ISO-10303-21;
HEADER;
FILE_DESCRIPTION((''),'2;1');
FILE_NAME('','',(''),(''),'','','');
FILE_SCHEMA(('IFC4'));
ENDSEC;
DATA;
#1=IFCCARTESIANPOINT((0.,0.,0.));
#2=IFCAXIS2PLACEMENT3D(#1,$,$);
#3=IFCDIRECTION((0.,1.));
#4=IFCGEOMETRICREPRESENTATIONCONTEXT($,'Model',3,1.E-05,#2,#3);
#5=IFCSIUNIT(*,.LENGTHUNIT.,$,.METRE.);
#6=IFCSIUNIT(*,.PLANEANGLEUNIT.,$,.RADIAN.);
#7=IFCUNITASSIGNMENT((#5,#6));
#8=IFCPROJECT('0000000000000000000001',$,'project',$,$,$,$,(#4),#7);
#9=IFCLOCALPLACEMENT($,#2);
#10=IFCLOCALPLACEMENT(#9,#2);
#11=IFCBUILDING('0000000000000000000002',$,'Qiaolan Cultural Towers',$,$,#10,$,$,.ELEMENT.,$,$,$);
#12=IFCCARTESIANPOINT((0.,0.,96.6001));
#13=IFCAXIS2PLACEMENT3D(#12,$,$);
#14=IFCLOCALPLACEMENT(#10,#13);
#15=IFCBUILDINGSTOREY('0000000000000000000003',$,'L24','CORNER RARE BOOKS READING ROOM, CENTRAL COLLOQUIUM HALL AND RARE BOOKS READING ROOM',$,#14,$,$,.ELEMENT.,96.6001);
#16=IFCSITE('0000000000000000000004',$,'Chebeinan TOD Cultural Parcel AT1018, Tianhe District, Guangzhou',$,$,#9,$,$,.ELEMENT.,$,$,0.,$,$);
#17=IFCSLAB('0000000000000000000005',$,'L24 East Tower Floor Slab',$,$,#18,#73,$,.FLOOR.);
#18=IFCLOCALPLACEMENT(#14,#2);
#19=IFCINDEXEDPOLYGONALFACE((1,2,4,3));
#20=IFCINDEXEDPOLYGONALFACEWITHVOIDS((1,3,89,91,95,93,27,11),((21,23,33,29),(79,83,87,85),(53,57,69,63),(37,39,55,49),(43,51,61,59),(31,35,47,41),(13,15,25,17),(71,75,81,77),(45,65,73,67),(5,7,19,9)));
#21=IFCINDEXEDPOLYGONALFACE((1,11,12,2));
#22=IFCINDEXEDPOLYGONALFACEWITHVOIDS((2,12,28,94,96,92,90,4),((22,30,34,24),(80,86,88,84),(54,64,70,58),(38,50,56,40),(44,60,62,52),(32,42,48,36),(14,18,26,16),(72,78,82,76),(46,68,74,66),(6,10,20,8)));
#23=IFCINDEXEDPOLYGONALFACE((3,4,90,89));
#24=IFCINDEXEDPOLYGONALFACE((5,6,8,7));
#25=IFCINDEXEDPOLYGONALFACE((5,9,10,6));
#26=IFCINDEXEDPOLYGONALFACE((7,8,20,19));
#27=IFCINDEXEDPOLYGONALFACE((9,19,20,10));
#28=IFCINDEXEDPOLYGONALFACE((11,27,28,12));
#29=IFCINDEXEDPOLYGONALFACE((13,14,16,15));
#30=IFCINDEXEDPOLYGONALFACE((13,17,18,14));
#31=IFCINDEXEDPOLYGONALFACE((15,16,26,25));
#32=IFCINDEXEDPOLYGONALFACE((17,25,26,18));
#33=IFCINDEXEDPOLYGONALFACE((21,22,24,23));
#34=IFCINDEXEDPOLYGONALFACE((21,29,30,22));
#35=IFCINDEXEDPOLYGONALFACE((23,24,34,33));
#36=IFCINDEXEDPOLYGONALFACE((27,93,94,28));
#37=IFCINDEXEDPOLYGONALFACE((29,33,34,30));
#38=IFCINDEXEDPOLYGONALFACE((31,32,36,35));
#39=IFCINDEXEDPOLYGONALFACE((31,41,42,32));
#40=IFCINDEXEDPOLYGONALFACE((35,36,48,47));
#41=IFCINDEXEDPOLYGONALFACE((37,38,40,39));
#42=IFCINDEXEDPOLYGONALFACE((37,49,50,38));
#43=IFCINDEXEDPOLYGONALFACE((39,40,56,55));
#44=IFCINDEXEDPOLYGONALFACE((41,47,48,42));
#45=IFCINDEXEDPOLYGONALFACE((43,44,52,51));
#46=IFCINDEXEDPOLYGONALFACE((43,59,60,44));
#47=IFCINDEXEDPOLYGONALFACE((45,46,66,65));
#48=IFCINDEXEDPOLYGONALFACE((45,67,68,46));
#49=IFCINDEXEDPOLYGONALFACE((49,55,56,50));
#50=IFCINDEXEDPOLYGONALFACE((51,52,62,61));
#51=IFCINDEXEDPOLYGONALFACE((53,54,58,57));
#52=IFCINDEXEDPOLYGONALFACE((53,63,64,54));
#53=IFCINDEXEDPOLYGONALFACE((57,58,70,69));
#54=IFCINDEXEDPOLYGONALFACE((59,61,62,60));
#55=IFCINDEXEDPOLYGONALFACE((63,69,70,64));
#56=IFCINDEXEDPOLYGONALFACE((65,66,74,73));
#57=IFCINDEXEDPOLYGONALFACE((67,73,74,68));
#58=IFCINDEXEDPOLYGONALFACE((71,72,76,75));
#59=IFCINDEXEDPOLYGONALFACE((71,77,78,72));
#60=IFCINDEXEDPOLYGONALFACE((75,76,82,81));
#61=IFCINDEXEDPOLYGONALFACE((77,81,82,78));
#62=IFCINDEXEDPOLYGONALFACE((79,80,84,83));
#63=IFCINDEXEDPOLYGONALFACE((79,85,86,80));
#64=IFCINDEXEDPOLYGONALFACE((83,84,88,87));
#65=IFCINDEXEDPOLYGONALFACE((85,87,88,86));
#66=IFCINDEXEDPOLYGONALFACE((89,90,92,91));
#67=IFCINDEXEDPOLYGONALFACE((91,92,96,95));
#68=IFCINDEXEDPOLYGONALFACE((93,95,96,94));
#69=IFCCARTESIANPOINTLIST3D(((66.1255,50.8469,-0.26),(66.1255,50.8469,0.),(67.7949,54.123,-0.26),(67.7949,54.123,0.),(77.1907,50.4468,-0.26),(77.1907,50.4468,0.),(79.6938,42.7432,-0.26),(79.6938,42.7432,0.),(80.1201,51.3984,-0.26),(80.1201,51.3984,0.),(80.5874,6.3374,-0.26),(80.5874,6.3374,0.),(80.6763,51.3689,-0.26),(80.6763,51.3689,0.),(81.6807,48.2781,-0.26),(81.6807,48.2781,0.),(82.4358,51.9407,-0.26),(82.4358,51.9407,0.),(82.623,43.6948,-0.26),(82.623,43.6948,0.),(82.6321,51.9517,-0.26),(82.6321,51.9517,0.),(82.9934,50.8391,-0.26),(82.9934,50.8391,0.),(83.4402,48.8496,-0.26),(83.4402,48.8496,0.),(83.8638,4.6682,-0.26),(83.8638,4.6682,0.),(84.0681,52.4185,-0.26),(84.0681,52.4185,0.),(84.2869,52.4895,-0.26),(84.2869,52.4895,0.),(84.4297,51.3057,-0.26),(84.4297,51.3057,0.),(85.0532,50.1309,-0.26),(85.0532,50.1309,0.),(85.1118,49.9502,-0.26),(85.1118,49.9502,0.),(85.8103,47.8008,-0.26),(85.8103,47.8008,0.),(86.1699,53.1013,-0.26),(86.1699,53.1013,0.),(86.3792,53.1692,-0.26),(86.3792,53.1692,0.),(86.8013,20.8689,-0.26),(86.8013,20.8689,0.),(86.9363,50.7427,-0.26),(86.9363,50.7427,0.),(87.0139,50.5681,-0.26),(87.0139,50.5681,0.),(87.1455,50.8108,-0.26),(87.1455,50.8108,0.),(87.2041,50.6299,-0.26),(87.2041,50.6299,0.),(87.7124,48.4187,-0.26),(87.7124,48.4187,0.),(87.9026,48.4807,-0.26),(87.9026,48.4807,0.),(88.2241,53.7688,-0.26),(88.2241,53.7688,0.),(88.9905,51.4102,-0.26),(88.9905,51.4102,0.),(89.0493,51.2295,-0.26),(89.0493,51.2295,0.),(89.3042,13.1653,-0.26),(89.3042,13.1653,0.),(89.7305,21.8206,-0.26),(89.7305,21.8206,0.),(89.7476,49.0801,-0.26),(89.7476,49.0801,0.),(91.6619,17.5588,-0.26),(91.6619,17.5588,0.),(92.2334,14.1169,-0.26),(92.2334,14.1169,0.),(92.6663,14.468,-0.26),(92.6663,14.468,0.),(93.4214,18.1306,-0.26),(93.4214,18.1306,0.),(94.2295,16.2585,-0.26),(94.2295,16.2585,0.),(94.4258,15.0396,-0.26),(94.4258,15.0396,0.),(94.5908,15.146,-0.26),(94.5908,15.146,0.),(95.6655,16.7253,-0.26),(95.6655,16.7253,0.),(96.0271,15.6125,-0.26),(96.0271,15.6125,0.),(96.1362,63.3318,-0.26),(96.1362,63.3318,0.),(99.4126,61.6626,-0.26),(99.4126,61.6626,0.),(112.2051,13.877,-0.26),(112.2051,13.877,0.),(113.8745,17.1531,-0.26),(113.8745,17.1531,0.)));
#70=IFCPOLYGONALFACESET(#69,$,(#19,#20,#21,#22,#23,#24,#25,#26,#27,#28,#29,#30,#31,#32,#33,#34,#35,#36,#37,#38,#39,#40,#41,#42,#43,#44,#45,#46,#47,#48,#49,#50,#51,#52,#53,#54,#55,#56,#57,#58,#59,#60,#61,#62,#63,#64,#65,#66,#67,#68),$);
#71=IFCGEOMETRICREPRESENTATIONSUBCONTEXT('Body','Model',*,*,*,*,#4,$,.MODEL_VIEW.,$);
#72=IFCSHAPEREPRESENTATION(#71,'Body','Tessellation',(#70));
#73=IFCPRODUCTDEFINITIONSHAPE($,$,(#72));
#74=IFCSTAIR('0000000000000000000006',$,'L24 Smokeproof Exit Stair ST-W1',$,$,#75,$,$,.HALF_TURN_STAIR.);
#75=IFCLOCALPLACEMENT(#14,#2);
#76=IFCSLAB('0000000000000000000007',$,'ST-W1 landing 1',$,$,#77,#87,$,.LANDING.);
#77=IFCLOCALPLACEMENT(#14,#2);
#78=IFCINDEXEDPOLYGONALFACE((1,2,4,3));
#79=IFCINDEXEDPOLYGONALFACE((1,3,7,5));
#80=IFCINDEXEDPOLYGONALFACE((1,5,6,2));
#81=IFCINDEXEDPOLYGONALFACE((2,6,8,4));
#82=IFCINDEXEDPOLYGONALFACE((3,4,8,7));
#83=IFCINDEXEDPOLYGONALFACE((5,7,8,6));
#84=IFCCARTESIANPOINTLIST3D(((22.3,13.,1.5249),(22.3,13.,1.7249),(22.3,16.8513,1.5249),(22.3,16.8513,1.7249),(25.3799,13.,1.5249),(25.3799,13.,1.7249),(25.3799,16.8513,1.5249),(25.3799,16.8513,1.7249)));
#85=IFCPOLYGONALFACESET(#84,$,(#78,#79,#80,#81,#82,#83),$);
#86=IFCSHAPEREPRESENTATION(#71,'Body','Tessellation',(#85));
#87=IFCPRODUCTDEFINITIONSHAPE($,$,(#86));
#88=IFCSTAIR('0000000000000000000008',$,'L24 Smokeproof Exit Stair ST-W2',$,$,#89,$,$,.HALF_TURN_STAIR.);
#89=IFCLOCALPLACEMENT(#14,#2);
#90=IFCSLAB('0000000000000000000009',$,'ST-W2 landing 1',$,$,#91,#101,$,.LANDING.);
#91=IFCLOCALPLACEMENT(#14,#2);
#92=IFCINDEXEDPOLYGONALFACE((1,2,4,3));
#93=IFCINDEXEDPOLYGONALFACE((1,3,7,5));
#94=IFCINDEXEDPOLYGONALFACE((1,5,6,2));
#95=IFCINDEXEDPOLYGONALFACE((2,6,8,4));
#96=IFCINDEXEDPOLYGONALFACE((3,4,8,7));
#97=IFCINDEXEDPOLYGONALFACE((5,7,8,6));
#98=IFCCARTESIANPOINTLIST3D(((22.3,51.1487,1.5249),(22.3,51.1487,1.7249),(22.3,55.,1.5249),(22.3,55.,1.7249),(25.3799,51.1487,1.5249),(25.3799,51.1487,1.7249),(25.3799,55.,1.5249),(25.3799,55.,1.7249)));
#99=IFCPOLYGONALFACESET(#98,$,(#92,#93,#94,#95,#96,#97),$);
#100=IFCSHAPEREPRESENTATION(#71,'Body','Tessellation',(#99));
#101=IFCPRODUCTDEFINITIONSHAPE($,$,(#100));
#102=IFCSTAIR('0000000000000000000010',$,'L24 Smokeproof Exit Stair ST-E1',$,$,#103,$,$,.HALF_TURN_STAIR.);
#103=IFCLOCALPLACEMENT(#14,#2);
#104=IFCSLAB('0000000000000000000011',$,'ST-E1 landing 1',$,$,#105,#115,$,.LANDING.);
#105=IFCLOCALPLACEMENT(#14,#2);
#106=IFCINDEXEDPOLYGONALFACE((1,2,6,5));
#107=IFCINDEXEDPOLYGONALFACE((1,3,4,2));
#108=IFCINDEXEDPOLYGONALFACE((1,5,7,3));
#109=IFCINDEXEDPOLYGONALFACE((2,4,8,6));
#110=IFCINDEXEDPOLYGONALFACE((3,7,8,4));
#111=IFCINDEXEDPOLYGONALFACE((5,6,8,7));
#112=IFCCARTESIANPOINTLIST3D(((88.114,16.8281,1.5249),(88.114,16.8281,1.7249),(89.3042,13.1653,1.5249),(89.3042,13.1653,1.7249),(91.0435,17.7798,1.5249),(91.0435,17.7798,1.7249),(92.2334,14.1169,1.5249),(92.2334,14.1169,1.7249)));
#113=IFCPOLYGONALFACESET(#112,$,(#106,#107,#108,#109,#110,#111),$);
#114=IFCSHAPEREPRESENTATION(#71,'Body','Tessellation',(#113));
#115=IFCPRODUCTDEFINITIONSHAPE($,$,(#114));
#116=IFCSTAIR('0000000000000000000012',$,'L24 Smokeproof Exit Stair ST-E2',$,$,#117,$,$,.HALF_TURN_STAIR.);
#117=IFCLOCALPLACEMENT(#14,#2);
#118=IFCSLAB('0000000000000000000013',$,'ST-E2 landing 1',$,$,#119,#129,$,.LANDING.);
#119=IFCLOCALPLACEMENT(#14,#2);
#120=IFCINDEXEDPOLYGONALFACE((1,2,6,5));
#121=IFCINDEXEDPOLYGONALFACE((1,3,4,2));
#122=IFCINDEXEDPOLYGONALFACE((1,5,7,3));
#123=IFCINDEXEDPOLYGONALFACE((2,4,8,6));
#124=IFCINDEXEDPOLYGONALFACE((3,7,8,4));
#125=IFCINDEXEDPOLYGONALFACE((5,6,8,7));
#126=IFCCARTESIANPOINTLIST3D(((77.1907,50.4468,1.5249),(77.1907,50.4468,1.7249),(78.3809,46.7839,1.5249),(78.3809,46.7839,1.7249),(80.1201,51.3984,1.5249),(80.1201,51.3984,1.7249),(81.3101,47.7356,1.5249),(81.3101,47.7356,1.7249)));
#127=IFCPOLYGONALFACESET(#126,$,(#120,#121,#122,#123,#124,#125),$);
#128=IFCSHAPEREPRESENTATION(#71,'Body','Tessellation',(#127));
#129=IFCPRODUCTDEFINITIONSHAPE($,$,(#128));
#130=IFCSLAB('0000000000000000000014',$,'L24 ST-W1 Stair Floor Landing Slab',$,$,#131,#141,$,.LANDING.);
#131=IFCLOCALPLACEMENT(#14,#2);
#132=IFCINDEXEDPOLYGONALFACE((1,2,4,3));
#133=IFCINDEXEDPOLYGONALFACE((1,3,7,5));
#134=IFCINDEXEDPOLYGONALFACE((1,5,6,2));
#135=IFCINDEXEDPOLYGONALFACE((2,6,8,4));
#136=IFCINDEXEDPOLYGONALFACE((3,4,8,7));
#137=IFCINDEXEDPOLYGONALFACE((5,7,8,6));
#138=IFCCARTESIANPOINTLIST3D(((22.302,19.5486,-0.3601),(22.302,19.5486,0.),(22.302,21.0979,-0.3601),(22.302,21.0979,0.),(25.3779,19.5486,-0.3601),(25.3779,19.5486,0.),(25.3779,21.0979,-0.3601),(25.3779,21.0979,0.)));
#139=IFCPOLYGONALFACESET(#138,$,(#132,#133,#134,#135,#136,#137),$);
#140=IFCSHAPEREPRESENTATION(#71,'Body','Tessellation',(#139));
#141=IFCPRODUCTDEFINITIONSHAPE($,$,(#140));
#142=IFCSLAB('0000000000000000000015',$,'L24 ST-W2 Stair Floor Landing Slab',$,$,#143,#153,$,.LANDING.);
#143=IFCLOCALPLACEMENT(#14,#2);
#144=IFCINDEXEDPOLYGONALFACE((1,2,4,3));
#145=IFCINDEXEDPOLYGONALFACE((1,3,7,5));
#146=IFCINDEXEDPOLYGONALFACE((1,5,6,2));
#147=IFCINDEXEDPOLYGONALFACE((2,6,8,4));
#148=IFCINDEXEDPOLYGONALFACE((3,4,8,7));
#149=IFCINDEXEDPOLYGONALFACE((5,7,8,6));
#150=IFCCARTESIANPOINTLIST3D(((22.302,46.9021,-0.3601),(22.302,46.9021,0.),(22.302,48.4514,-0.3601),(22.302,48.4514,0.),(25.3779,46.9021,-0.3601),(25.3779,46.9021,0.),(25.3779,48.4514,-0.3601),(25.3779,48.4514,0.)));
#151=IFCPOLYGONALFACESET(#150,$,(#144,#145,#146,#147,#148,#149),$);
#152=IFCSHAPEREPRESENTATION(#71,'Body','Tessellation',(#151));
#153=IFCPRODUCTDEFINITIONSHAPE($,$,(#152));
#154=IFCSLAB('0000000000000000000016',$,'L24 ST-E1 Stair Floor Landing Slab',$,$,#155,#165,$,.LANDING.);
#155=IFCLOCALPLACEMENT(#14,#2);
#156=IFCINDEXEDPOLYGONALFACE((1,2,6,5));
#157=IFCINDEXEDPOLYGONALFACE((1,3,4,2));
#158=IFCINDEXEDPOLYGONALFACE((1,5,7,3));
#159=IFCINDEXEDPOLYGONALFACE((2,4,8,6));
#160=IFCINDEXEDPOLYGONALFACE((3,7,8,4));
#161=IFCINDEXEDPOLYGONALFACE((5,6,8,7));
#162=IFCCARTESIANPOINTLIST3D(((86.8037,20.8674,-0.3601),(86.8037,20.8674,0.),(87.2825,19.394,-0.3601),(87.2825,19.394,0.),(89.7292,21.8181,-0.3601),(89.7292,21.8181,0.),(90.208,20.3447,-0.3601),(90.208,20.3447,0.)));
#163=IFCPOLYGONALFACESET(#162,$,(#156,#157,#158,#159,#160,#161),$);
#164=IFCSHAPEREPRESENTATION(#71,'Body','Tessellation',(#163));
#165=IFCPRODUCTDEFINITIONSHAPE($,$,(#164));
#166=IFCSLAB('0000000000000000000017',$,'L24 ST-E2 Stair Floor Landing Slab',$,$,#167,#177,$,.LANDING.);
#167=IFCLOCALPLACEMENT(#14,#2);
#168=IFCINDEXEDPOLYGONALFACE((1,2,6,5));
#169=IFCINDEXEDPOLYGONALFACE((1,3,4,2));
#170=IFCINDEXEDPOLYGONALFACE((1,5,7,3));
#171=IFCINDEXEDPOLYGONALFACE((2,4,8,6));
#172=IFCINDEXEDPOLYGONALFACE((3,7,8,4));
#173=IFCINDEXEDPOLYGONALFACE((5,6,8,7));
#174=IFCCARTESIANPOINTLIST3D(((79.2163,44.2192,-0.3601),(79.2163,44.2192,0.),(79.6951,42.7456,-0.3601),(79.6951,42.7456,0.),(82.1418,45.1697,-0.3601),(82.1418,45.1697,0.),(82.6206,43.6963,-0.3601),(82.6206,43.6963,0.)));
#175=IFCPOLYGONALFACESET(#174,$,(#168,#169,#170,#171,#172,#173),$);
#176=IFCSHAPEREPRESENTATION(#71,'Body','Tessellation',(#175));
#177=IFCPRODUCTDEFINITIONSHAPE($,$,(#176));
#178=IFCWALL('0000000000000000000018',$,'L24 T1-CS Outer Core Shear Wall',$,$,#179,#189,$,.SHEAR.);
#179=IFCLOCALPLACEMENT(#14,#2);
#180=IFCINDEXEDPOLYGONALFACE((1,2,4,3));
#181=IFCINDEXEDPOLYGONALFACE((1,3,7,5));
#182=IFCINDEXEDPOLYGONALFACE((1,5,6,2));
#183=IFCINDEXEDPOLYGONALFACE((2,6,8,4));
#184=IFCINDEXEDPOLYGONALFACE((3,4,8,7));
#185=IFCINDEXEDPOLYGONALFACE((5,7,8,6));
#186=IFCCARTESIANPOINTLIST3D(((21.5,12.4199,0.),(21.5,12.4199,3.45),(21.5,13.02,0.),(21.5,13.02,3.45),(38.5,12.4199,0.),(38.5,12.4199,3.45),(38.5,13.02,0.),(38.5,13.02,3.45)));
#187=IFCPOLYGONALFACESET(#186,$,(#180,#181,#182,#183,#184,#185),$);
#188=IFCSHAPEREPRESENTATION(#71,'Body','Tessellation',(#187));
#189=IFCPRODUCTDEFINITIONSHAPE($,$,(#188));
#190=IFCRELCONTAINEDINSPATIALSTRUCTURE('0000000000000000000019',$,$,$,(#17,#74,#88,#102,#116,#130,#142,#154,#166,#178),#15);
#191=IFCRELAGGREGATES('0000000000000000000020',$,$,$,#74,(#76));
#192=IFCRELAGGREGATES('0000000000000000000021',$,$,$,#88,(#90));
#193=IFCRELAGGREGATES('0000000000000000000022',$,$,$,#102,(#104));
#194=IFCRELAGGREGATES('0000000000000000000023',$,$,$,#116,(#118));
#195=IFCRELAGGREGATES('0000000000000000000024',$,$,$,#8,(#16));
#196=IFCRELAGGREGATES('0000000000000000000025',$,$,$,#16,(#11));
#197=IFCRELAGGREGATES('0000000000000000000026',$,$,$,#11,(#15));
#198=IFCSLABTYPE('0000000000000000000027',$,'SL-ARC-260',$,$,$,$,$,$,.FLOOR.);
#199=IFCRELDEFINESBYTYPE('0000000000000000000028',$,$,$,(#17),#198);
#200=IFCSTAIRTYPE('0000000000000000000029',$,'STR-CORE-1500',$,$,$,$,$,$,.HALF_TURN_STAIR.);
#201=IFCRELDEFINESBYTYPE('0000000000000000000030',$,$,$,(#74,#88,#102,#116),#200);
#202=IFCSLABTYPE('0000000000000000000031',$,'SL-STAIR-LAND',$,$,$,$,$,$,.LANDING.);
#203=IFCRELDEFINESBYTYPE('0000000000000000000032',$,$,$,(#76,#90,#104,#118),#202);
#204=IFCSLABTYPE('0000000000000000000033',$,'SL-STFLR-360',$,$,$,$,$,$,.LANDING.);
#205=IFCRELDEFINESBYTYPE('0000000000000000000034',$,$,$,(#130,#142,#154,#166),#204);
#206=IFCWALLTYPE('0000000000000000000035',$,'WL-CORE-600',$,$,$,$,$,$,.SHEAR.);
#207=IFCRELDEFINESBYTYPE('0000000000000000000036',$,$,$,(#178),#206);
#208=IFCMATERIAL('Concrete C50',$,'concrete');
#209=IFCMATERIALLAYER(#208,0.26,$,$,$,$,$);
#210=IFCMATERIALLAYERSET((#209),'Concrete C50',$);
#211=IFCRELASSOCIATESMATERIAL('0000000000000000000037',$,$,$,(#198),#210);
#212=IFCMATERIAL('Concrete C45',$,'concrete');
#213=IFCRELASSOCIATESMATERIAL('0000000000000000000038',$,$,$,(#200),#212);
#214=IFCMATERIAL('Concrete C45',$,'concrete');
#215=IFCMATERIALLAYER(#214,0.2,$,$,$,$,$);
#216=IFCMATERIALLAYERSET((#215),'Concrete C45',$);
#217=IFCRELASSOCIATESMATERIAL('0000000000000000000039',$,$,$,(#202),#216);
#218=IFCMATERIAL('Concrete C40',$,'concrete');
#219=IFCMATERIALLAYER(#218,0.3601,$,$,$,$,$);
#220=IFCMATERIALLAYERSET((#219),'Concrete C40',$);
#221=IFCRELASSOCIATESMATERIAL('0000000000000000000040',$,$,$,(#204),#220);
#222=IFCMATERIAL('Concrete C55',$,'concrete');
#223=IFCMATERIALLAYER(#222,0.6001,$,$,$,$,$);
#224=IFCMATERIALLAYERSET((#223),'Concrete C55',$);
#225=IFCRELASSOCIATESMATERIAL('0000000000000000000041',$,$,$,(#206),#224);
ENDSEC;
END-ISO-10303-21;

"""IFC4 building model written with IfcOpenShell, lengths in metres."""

from ifc_helpers import new_model, si_unit, direction, frame, frame_2d, origin, place, context, subcontext, project, spatial, polyline, rectangle, outline, extrude, material, layer, layer_set, type_object, element, aggregate, save


model = new_model("IFC4")

# Units and contexts
model_context = context("Model", 3, precision=1e-05, world=origin(), true_north=direction((0.0, 1.0)))
body_context = subcontext(model_context, "Body", "Model", "MODEL_VIEW")
ifc_project = project(units=[si_unit("LENGTHUNIT", "METRE"), si_unit("PLANEANGLEUNIT", "RADIAN")], contexts=[model_context])

# Site, building, storey
site_placement = place(None, origin())
site = spatial("IfcSite", under=ifc_project, at=site_placement, Name="Chebeinan TOD Cultural Parcel AT1018, Tianhe District, Guangzhou", CompositionType="ELEMENT", RefElevation=0.0)
building_placement = place(site_placement, origin())
building = spatial("IfcBuilding", under=site, at=building_placement, Name="Qiaolan Cultural Towers", CompositionType="ELEMENT")
storey_placement = place(building_placement, frame((0.0, 0.0, 96.6001)))
storey = spatial("IfcBuildingStorey", under=building, at=storey_placement, Name="L24", Description="CORNER RARE BOOKS READING ROOM, CENTRAL COLLOQUIUM HALL AND RARE BOOKS READING ROOM", CompositionType="ELEMENT", Elevation=96.6001)

# Slab
ifc_material_1 = material(Name="Concrete C50", Category="concrete")
ifc_layer_1 = layer(ifc_material_1, 0.26)
ifc_layer_set_1 = layer_set([ifc_layer_1], Name="Concrete C50")
slab_type_1 = type_object("IfcSlabType", Name="SL-ARC-260", PredefinedType="FLOOR", material=ifc_layer_set_1)
slab_1_placement = place(storey_placement, frame((0.0, 0.0, -0.26)))
element("IfcSlab", 1, at=slab_1_placement, inside=storey, type_object=slab_type_1, Name="L24 East Tower Floor Slab", PredefinedType="FLOOR", context=body_context, shape_type="SweptSolid", body=[
    extrude(outline(polyline([(83.8638, 4.6682), (112.2051, 13.877), (113.8745, 17.1531), (99.4126, 61.6626), (96.1362, 63.3318), (67.7949, 54.123), (66.1255, 50.8469), (80.5874, 6.3374), (83.8638, 4.6682)]), holes=[polyline([(86.8013, 20.8689), (89.3042, 13.1653), (92.2334, 14.1169), (89.7305, 21.8206), (86.8013, 20.8689)]), polyline([(82.623, 43.6948), (80.1201, 51.3984), (77.1907, 50.4468), (79.6938, 42.7432), (82.623, 43.6948)]), polyline([(92.6663, 14.468), (94.4258, 15.0396), (93.4214, 18.1306), (91.6619, 17.5588), (92.6663, 14.468)]), polyline([(94.5908, 15.146), (96.0271, 15.6125), (95.6655, 16.7253), (94.2295, 16.2585), (94.5908, 15.146)]), polyline([(81.6807, 48.2781), (83.4402, 48.8496), (82.4358, 51.9407), (80.6763, 51.3689), (81.6807, 48.2781)]), polyline([(82.9934, 50.8391), (84.4297, 51.3057), (84.0681, 52.4185), (82.6321, 51.9517), (82.9934, 50.8391)]), polyline([(85.8103, 47.8008), (87.7124, 48.4187), (87.0139, 50.5681), (85.1118, 49.9502), (85.8103, 47.8008)]), polyline([(87.9026, 48.4807), (89.7476, 49.0801), (89.0493, 51.2295), (87.2041, 50.6299), (87.9026, 48.4807)]), polyline([(85.0532, 50.1309), (86.9363, 50.7427), (86.1699, 53.1013), (84.2869, 52.4895), (85.0532, 50.1309)]), polyline([(87.1455, 50.8108), (88.9905, 51.4102), (88.2241, 53.7688), (86.3792, 53.1692), (87.1455, 50.8108)])]), origin(), (0.0, 0.0, 1.0), 0.26),
])

# Stairs, slabs
ifc_material_2 = material(Name="Concrete C45", Category="concrete")
stair_type = type_object("IfcStairType", Name="STR-CORE-1500", PredefinedType="HALF_TURN_STAIR", material=ifc_material_2)
stair_1_placement = place(storey_placement, origin())
stair_1 = element("IfcStair", 2, at=stair_1_placement, inside=storey, type_object=stair_type, Name="L24 Smokeproof Exit Stair ST-W1", PredefinedType="HALF_TURN_STAIR")
ifc_material_3 = material(Name="Concrete C45", Category="concrete")
ifc_layer_2 = layer(ifc_material_3, 0.2)
ifc_layer_set_2 = layer_set([ifc_layer_2], Name="Concrete C45")
slab_type_2 = type_object("IfcSlabType", Name="SL-STAIR-LAND", PredefinedType="LANDING", material=ifc_layer_set_2)
slab_2_placement = place(storey_placement, frame((0.0, 0.0, 1.5249)))
slab_2 = element("IfcSlab", 3, at=slab_2_placement, type_object=slab_type_2, Name="ST-W1 landing 1", PredefinedType="LANDING", context=body_context, shape_type="SweptSolid", body=[
    extrude(outline(polyline([(22.3, 16.8513), (22.3, 13.0), (25.3799, 13.0), (25.3799, 16.8513), (22.3, 16.8513)])), origin(), (0.0, 0.0, 1.0), 0.2),
])
aggregate(stair_1, [slab_2])
stair_2_placement = place(storey_placement, origin())
stair_2 = element("IfcStair", 4, at=stair_2_placement, inside=storey, type_object=stair_type, Name="L24 Smokeproof Exit Stair ST-W2", PredefinedType="HALF_TURN_STAIR")
slab_3_placement = place(storey_placement, frame((0.0, 0.0, 1.5249)))
slab_3 = element("IfcSlab", 5, at=slab_3_placement, type_object=slab_type_2, Name="ST-W2 landing 1", PredefinedType="LANDING", context=body_context, shape_type="SweptSolid", body=[
    extrude(outline(polyline([(25.3799, 51.1487), (25.3799, 55.0), (22.3, 55.0), (22.3, 51.1487), (25.3799, 51.1487)])), origin(), (0.0, 0.0, 1.0), 0.2),
])
aggregate(stair_2, [slab_3])
stair_3_placement = place(storey_placement, origin())
stair_3 = element("IfcStair", 6, at=stair_3_placement, inside=storey, type_object=stair_type, Name="L24 Smokeproof Exit Stair ST-E1", PredefinedType="HALF_TURN_STAIR")
slab_4_placement = place(storey_placement, frame((0.0, 0.0, 1.5249)))
slab_4 = element("IfcSlab", 7, at=slab_4_placement, type_object=slab_type_2, Name="ST-E1 landing 1", PredefinedType="LANDING", context=body_context, shape_type="SweptSolid", body=[
    extrude(outline(polyline([(88.114, 16.8281), (89.3042, 13.1653), (92.2334, 14.1169), (91.0435, 17.7798), (88.114, 16.8281)])), origin(), (0.0, 0.0, 1.0), 0.2),
])
aggregate(stair_3, [slab_4])
stair_4_placement = place(storey_placement, origin())
stair_4 = element("IfcStair", 8, at=stair_4_placement, inside=storey, type_object=stair_type, Name="L24 Smokeproof Exit Stair ST-E2", PredefinedType="HALF_TURN_STAIR")
slab_5_placement = place(storey_placement, frame((0.0, 0.0, 1.5249)))
slab_5 = element("IfcSlab", 9, at=slab_5_placement, type_object=slab_type_2, Name="ST-E2 landing 1", PredefinedType="LANDING", context=body_context, shape_type="SweptSolid", body=[
    extrude(outline(polyline([(81.3101, 47.7356), (80.1201, 51.3984), (77.1907, 50.4468), (78.3809, 46.7839), (81.3101, 47.7356)])), origin(), (0.0, 0.0, 1.0), 0.2),
])
aggregate(stair_4, [slab_5])

# Slabs
ifc_material_4 = material(Name="Concrete C40", Category="concrete")
ifc_layer_3 = layer(ifc_material_4, 0.3601)
ifc_layer_set_3 = layer_set([ifc_layer_3], Name="Concrete C40")
slab_type_3 = type_object("IfcSlabType", Name="SL-STFLR-360", PredefinedType="LANDING", material=ifc_layer_set_3)
slab_6_placement = place(storey_placement, frame((0.0, 0.0, -0.3601)))
element("IfcSlab", 10, at=slab_6_placement, inside=storey, type_object=slab_type_3, Name="L24 ST-W1 Stair Floor Landing Slab", PredefinedType="LANDING", context=body_context, shape_type="SweptSolid", body=[
    extrude(outline(polyline([(22.302, 21.0979), (22.302, 19.5486), (25.3779, 19.5486), (25.3779, 21.0979), (22.302, 21.0979)])), origin(), (0.0, 0.0, 1.0), 0.3601),
])
slab_7_placement = place(storey_placement, frame((0.0, 0.0, -0.3601)))
element("IfcSlab", 11, at=slab_7_placement, inside=storey, type_object=slab_type_3, Name="L24 ST-W2 Stair Floor Landing Slab", PredefinedType="LANDING", context=body_context, shape_type="SweptSolid", body=[
    extrude(outline(polyline([(25.3779, 46.9021), (25.3779, 48.4514), (22.302, 48.4514), (22.302, 46.9021), (25.3779, 46.9021)])), origin(), (0.0, 0.0, 1.0), 0.3601),
])
slab_8_placement = place(storey_placement, frame((0.0, 0.0, -0.3601)))
element("IfcSlab", 12, at=slab_8_placement, inside=storey, type_object=slab_type_3, Name="L24 ST-E1 Stair Floor Landing Slab", PredefinedType="LANDING", context=body_context, shape_type="SweptSolid", body=[
    extrude(outline(polyline([(86.8037, 20.8674), (87.2825, 19.394), (90.208, 20.3447), (89.7292, 21.8181), (86.8037, 20.8674)])), origin(), (0.0, 0.0, 1.0), 0.3601),
])
slab_9_placement = place(storey_placement, frame((0.0, 0.0, -0.3601)))
element("IfcSlab", 13, at=slab_9_placement, inside=storey, type_object=slab_type_3, Name="L24 ST-E2 Stair Floor Landing Slab", PredefinedType="LANDING", context=body_context, shape_type="SweptSolid", body=[
    extrude(outline(polyline([(82.6206, 43.6963), (82.1418, 45.1697), (79.2163, 44.2192), (79.6951, 42.7456), (82.6206, 43.6963)])), origin(), (0.0, 0.0, 1.0), 0.3601),
])

# Wall
ifc_material_5 = material(Name="Concrete C55", Category="concrete")
ifc_layer_4 = layer(ifc_material_5, 0.6001)
ifc_layer_set_4 = layer_set([ifc_layer_4], Name="Concrete C55")
wall_type_1 = type_object("IfcWallType", Name="WL-CORE-600", PredefinedType="SHEAR", material=ifc_layer_set_4)
wall_1_placement = place(storey_placement, frame((21.5, 12.72, 0.0), z_axis=(0.0, 0.0, 1.0), x_axis=(1.0, 0.0, 0.0)))
element("IfcWall", 14, at=wall_1_placement, inside=storey, type_object=wall_type_1, Name="L24 T1-CS Outer Core Shear Wall", PredefinedType="SHEAR", context=body_context, shape_type="SweptSolid", body=[
    extrude(rectangle(XDim=17.0, YDim=0.6001, at=frame_2d((8.5, 0.0))), origin(), (0.0, 0.0, 1.0), 3.45),
])

save(model, "model.ifc")
